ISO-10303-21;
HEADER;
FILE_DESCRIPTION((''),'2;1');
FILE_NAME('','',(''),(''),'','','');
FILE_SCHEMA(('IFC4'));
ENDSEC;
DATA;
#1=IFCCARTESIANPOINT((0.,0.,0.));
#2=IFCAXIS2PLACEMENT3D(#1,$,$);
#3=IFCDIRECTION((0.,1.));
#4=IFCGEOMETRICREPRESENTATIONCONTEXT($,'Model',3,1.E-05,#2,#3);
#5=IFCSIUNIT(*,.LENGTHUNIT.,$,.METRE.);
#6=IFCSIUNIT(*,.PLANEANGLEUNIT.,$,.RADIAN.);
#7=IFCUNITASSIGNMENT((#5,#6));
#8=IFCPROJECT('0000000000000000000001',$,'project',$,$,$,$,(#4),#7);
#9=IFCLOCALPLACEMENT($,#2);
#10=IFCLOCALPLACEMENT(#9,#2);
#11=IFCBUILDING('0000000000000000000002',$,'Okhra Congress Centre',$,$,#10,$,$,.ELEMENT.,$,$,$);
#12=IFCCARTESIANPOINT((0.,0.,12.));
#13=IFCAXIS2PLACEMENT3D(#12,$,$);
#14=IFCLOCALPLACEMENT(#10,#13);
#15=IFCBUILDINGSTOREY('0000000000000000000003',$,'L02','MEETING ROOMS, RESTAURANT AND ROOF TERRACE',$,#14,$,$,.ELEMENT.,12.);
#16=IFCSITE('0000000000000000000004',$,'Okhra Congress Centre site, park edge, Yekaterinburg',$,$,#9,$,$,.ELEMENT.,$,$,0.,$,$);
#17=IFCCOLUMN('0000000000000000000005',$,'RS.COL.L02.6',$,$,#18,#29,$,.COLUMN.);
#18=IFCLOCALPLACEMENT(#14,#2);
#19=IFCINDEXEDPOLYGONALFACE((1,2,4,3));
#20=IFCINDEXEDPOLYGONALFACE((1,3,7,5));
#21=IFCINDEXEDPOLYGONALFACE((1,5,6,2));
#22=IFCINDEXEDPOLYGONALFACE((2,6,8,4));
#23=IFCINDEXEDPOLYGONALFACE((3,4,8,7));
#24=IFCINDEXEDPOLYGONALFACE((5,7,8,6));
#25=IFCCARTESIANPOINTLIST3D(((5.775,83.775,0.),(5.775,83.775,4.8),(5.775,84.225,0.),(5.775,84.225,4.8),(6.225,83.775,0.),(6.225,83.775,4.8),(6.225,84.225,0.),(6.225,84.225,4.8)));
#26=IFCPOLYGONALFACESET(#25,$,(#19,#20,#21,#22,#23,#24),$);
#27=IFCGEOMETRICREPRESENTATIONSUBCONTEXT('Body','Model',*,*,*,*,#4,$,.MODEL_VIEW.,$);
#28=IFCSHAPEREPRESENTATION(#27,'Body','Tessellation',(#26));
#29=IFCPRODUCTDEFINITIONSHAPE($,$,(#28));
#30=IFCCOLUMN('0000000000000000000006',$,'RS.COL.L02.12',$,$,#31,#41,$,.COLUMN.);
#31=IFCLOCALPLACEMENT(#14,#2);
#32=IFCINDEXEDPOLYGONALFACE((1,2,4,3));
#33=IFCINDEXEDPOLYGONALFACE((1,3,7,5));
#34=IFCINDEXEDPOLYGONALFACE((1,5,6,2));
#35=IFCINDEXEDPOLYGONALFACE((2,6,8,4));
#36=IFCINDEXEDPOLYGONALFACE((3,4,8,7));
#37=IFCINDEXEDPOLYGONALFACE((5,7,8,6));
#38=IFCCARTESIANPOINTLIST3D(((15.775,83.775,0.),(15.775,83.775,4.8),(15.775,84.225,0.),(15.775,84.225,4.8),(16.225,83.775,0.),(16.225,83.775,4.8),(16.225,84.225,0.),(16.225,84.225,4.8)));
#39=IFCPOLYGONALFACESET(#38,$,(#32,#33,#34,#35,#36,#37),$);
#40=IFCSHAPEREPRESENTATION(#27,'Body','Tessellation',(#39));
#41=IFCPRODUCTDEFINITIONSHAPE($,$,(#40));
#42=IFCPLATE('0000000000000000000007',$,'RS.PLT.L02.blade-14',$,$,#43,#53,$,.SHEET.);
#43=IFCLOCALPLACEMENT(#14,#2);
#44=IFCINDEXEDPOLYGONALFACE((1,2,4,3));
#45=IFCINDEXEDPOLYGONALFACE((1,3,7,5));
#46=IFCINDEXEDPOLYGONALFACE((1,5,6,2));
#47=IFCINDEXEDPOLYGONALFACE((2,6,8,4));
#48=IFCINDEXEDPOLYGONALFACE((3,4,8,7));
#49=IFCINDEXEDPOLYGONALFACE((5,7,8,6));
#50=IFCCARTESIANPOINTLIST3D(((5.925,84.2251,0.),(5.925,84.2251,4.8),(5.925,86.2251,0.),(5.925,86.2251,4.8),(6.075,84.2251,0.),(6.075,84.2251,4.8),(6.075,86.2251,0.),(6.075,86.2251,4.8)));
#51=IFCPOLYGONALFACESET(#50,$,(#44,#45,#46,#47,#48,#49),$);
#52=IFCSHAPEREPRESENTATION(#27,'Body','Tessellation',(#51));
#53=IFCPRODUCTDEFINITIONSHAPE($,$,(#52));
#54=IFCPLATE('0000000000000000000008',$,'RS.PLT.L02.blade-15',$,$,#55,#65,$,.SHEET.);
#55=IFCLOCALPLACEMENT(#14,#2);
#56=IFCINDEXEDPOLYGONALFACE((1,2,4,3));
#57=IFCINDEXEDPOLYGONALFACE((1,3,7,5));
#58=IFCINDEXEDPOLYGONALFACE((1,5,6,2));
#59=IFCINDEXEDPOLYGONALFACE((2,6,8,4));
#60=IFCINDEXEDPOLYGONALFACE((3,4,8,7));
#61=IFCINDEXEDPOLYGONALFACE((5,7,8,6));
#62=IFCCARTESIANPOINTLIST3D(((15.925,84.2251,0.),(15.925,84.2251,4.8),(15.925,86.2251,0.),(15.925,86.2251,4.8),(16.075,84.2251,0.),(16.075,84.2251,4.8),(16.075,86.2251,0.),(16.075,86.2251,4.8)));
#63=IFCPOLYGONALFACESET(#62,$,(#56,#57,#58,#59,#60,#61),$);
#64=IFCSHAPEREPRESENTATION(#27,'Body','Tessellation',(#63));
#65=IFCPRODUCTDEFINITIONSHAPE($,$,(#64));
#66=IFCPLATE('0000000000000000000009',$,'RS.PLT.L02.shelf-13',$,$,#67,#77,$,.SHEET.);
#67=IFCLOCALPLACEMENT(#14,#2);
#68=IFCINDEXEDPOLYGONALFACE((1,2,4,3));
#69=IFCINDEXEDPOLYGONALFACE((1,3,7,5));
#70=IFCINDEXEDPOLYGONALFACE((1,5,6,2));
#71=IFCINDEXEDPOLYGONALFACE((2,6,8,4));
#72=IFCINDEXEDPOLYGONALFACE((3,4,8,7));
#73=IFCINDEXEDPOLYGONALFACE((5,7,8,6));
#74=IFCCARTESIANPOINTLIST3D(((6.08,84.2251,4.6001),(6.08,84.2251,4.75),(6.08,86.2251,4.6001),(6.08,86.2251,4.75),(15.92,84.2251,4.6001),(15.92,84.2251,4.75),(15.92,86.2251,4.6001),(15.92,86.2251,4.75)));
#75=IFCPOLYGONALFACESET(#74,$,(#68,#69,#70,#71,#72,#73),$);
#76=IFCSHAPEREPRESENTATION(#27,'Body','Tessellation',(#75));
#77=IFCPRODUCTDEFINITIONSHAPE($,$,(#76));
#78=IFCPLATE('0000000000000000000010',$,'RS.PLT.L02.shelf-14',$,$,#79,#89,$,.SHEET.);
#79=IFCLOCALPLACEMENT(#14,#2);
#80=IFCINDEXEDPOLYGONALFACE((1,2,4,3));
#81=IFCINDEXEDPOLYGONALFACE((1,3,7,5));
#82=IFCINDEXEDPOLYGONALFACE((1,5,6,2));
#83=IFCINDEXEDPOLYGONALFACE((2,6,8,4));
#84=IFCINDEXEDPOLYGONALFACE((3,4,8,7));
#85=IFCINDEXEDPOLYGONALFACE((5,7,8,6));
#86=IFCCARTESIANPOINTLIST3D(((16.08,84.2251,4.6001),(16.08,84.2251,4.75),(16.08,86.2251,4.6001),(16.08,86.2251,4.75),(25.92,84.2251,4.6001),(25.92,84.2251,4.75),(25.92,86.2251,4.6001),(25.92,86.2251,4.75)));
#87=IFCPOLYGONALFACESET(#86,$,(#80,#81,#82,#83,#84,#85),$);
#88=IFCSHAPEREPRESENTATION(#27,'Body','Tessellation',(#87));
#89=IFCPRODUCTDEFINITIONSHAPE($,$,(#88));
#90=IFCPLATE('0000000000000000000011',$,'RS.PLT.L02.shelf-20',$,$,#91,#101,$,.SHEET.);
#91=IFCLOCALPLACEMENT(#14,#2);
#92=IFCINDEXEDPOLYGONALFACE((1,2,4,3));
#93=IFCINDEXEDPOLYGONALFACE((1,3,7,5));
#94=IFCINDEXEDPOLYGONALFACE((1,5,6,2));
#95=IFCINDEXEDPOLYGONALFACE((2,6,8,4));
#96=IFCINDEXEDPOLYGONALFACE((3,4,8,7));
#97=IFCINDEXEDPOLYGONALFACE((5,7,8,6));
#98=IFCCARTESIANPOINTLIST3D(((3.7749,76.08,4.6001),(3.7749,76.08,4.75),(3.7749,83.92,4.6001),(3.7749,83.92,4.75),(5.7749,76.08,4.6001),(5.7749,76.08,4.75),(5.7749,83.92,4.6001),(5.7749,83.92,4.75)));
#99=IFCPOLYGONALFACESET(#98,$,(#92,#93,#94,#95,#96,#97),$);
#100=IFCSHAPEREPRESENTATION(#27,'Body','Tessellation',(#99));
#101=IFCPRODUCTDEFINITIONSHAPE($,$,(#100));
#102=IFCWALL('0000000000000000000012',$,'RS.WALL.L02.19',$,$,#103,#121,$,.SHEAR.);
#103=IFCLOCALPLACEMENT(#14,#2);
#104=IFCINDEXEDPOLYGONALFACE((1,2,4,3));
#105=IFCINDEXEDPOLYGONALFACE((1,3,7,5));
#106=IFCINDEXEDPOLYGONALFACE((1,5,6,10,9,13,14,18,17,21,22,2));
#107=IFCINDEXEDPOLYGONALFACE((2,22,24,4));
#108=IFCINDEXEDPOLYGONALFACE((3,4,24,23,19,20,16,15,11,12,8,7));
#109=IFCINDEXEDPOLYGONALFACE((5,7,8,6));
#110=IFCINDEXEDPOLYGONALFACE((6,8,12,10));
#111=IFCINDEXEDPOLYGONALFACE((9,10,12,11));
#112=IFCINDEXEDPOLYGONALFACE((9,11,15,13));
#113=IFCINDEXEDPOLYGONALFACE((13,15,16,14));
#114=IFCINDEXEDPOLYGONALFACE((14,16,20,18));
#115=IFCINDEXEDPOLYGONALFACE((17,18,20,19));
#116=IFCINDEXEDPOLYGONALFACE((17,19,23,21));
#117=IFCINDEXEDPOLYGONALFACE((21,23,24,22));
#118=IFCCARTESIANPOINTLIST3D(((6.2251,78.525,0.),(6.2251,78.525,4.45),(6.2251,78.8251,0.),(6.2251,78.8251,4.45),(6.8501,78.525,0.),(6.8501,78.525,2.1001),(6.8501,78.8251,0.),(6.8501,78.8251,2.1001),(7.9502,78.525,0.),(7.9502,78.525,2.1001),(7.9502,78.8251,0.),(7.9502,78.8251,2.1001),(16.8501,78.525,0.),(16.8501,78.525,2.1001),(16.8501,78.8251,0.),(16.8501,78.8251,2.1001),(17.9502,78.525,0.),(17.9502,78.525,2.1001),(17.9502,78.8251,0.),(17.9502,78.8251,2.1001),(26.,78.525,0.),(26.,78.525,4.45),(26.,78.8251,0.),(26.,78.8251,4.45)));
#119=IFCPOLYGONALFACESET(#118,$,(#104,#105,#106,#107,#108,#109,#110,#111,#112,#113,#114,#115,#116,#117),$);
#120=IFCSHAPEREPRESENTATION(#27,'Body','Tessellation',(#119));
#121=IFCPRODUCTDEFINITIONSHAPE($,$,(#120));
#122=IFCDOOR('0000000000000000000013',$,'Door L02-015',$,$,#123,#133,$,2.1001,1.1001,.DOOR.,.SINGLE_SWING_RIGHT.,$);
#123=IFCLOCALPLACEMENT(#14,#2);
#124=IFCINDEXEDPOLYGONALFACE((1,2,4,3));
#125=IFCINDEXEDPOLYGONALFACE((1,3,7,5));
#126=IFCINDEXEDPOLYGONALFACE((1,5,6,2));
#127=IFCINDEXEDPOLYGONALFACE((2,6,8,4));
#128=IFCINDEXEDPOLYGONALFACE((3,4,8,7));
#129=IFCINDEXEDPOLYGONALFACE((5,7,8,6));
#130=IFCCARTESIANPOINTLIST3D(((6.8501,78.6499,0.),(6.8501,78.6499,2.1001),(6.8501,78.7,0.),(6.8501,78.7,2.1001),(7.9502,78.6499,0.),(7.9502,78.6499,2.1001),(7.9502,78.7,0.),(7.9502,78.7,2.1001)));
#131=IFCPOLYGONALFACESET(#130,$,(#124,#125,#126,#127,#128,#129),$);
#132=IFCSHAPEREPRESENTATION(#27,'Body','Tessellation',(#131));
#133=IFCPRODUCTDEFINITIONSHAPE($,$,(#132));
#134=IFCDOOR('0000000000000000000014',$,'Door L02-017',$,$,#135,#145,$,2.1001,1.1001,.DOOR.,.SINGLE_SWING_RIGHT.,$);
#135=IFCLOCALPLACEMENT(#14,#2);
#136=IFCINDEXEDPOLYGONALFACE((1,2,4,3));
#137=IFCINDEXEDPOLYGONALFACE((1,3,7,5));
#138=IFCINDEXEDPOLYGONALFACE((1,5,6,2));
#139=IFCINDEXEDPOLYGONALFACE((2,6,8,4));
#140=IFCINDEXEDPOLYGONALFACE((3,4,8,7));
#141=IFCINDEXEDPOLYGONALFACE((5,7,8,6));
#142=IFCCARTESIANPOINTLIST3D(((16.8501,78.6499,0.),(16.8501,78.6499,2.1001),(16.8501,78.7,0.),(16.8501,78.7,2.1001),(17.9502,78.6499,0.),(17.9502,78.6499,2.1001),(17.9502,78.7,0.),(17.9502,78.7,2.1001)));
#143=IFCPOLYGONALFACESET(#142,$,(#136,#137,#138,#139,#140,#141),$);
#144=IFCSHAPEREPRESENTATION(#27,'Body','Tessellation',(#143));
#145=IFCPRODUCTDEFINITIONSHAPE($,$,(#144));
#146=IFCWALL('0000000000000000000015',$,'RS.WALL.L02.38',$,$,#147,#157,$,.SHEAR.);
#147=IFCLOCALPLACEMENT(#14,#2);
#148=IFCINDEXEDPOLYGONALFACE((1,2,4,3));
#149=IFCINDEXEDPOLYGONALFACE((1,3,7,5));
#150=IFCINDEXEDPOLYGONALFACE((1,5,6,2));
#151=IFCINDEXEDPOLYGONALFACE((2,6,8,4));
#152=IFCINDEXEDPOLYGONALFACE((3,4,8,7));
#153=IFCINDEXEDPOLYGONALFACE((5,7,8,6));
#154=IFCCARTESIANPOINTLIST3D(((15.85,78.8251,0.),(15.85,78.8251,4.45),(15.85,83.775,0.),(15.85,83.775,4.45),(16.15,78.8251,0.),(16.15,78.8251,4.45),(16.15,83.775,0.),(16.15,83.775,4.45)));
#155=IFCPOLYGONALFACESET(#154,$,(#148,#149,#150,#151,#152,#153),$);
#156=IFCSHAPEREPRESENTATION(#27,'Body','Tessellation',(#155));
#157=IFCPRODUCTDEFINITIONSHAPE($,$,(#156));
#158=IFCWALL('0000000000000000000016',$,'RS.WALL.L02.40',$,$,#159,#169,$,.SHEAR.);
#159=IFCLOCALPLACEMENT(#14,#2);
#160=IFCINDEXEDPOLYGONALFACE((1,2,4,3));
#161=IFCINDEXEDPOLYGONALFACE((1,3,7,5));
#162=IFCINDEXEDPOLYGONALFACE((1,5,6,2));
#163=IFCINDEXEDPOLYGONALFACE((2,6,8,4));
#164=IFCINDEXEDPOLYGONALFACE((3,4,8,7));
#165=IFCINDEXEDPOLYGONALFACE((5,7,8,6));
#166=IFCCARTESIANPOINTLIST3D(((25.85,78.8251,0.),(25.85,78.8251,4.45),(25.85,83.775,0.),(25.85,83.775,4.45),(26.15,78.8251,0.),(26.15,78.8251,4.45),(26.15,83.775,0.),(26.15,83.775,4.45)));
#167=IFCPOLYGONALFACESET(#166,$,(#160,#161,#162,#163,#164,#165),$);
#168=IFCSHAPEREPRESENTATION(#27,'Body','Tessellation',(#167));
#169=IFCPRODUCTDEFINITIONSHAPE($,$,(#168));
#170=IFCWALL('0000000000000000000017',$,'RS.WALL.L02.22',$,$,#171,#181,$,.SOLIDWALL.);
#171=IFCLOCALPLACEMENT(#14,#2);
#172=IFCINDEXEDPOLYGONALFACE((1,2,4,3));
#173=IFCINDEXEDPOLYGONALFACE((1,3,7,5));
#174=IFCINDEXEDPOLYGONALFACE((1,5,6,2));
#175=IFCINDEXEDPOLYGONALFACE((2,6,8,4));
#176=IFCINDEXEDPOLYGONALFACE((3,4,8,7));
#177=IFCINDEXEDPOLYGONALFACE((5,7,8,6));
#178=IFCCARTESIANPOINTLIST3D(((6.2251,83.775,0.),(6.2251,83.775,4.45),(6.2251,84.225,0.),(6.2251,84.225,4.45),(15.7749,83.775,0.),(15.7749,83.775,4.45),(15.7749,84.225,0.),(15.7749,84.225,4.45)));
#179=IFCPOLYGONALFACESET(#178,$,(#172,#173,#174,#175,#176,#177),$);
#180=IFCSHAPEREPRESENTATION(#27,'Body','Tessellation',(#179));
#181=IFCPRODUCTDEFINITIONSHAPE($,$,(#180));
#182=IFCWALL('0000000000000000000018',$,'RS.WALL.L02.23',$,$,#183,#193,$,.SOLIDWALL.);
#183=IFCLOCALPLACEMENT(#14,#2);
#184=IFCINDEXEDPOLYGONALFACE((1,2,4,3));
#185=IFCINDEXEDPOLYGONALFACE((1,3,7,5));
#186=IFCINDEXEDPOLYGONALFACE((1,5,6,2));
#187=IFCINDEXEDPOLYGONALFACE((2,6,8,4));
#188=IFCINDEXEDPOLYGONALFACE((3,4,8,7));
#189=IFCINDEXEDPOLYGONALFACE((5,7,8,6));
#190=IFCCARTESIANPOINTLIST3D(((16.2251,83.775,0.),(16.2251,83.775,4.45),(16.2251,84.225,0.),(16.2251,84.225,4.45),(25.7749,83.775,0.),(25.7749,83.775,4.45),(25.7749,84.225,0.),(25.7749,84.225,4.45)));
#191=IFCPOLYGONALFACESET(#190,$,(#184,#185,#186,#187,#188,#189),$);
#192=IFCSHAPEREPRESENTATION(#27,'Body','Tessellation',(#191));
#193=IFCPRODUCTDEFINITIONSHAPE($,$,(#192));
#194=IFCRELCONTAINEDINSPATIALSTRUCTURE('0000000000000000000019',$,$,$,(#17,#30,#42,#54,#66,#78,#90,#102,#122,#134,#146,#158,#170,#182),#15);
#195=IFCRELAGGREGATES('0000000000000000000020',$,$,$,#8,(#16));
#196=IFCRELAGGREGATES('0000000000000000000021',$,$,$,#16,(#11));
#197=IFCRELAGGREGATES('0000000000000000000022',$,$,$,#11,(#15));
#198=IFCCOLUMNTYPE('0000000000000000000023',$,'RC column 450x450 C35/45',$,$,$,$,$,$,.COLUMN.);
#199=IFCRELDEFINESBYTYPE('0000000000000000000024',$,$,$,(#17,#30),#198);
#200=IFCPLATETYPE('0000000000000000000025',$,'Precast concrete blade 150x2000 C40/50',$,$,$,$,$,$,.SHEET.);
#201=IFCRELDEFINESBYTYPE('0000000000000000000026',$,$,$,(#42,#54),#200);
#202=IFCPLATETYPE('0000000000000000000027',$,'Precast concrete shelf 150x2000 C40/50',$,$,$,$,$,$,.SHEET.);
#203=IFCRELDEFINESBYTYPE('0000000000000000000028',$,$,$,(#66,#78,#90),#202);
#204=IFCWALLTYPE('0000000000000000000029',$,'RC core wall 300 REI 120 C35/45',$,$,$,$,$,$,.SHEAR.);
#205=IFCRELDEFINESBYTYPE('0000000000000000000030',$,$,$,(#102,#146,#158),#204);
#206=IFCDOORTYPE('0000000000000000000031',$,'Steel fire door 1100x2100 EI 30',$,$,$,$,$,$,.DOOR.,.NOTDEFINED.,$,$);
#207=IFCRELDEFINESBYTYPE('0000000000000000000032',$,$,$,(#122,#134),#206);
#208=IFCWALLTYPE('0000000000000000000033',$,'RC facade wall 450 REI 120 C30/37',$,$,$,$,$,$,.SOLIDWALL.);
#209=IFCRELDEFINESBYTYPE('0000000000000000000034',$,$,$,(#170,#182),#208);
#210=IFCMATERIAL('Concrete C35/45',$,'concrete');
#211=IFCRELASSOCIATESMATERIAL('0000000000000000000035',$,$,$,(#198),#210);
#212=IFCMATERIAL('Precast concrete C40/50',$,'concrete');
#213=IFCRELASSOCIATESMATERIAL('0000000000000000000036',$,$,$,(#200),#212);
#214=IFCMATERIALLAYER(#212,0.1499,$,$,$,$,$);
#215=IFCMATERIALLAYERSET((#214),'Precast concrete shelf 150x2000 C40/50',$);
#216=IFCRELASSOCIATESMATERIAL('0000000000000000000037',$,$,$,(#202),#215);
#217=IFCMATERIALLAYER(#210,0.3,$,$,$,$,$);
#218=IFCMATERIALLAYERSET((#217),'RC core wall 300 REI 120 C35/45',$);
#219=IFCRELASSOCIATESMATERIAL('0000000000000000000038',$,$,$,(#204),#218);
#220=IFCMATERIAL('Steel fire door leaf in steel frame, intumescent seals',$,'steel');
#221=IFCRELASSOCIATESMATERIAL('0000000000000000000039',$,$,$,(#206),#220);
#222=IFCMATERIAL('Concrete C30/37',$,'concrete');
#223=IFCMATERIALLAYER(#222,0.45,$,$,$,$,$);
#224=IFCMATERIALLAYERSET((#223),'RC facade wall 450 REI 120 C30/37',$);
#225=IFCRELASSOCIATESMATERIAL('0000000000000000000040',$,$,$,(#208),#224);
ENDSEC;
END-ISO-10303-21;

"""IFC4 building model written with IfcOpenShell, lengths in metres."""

from ifc_helpers import new_model, si_unit, direction, frame, frame_2d, origin, origin_2d, place, context, subcontext, project, spatial, rectangle, extrude, material, layer, layer_set, material_profile, profile_set, type_object, element, fill, save


model = new_model("IFC4")

# Units and contexts
model_context = context("Model", 3, precision=1e-05, world=origin(), true_north=direction((0.0, 1.0)))
body_context = subcontext(model_context, "Body", "Model", "MODEL_VIEW")
ifc_project = project(units=[si_unit("LENGTHUNIT", "METRE"), si_unit("PLANEANGLEUNIT", "RADIAN")], contexts=[model_context])

# Site, building, storey
site_placement = place(None, origin())
site = spatial("IfcSite", under=ifc_project, at=site_placement, Name="Okhra Congress Centre site, park edge, Yekaterinburg", CompositionType="ELEMENT", RefElevation=0.0)
building_placement = place(site_placement, origin())
building = spatial("IfcBuilding", under=site, at=building_placement, Name="Okhra Congress Centre", CompositionType="ELEMENT")
storey_placement = place(building_placement, frame((0.0, 0.0, 12.0)))
storey = spatial("IfcBuildingStorey", under=building, at=storey_placement, Name="L02", Description="MEETING ROOMS, RESTAURANT AND ROOF TERRACE", CompositionType="ELEMENT", Elevation=12.0)

# Columns
ifc_material_1 = material(Name="Concrete C35/45", Category="concrete")
ifc_material_profile = material_profile(ifc_material_1, rectangle(XDim=0.45, YDim=0.45, at=origin_2d()), Name="RC 450x450")
ifc_profile_set = profile_set([ifc_material_profile], Name="Concrete C35/45")
column_type = type_object("IfcColumnType", Name="RC column 450x450 C35/45", PredefinedType="COLUMN", material=ifc_profile_set)
for number, where, z_axis, x_axis, name in (
    (1, (6.0, 84.0, 0.0), (0.0, 0.0, 1.0), (1.0, 0.0, 0.0), "RS.COL.L02.6"),
    (2, (16.0, 84.0, 0.0), (0.0, 0.0, 1.0), (1.0, 0.0, 0.0), "RS.COL.L02.12"),
):
    element("IfcColumn", number, at=place(storey_placement, frame(where, z_axis=z_axis, x_axis=x_axis)), inside=storey, type_object=column_type, Name=name, PredefinedType="COLUMN", context=body_context, shape_type="SweptSolid", body=[
        extrude(rectangle(XDim=0.45, YDim=0.45, at=origin_2d()), origin(), (0.0, 0.0, 1.0), 4.8),
    ])

# Plates
ifc_material_2 = material(Name="Precast concrete C40/50", Category="concrete")
plate_type_1 = type_object("IfcPlateType", Name="Precast concrete blade 150x2000 C40/50", PredefinedType="SHEET", material=ifc_material_2)
for number, where, z_axis, x_axis, name in (
    (3, (6.0, 85.2251, 0.0), (0.0, 0.0, 1.0), (-1.0, 0.0, 0.0), "RS.PLT.L02.blade-14"),
    (4, (16.0, 85.2251, 0.0), (0.0, 0.0, 1.0), (-1.0, 0.0, 0.0), "RS.PLT.L02.blade-15"),
):
    element("IfcPlate", number, at=place(storey_placement, frame(where, z_axis=z_axis, x_axis=x_axis)), inside=storey, type_object=plate_type_1, Name=name, PredefinedType="SHEET", context=body_context, shape_type="SweptSolid", body=[
        extrude(rectangle(XDim=0.1499, YDim=2.0, at=origin_2d()), origin(), (0.0, 0.0, 1.0), 4.8),
    ])
ifc_layer_1 = layer(ifc_material_2, 0.1499)
ifc_layer_set_1 = layer_set([ifc_layer_1], Name="Precast concrete shelf 150x2000 C40/50")
plate_type_2 = type_object("IfcPlateType", Name="Precast concrete shelf 150x2000 C40/50", PredefinedType="SHEET", material=ifc_layer_set_1)
for number, where, z_axis, x_axis, name in (
    (5, (11.0, 85.2251, 4.6001), (0.0, 0.0, 1.0), (-1.0, 0.0, 0.0), "RS.PLT.L02.shelf-13"),
    (6, (21.0, 85.2251, 4.6001), (0.0, 0.0, 1.0), (-1.0, 0.0, 0.0), "RS.PLT.L02.shelf-14"),
):
    element("IfcPlate", number, at=place(storey_placement, frame(where, z_axis=z_axis, x_axis=x_axis)), inside=storey, type_object=plate_type_2, Name=name, PredefinedType="SHEET", context=body_context, shape_type="SweptSolid", body=[
        extrude(rectangle(XDim=9.8401, YDim=2.0, at=origin_2d()), origin(), (0.0, 0.0, 1.0), 0.1499),
    ])
plate_placement = place(storey_placement, frame((4.7749, 80.0, 4.6001), z_axis=(0.0, 0.0, 1.0), x_axis=(0.0, -1.0, 0.0)))
element("IfcPlate", 7, at=plate_placement, inside=storey, type_object=plate_type_2, Name="RS.PLT.L02.shelf-20", PredefinedType="SHEET", context=body_context, shape_type="SweptSolid", body=[
    extrude(rectangle(XDim=7.8401, YDim=2.0, at=origin_2d()), origin(), (0.0, 0.0, 1.0), 0.1499),
])

# Wall, openings, doors
ifc_layer_2 = layer(ifc_material_1, 0.3)
ifc_layer_set_2 = layer_set([ifc_layer_2], Name="RC core wall 300 REI 120 C35/45")
wall_type_1 = type_object("IfcWallType", Name="RC core wall 300 REI 120 C35/45", PredefinedType="SHEAR", material=ifc_layer_set_2)
wall_1_placement = place(storey_placement, frame((6.2251, 78.675, 0.0), z_axis=(0.0, 0.0, 1.0), x_axis=(1.0, 0.0, 0.0)))
wall_1 = element("IfcWall", 8, at=wall_1_placement, inside=storey, type_object=wall_type_1, Name="RS.WALL.L02.19", PredefinedType="SHEAR", context=body_context, shape_type="SweptSolid", body=[
    extrude(rectangle(XDim=19.7749, YDim=0.3, at=frame_2d((9.8875, 0.0))), origin(), (0.0, 0.0, 1.0), 4.45),
])
opening_1_placement = place(wall_1_placement, frame((0.625, 0.0, 0.0)))
opening_1 = element("IfcOpeningElement", 9, at=opening_1_placement, cuts=wall_1, PredefinedType="OPENING", context=body_context, shape_type="SweptSolid", body=[
    extrude(rectangle(XDim=1.1001, YDim=2.1001, at=frame_2d((0.55, 1.05))), frame((0.0, 0.1599, 0.0), z_axis=(0.0, -1.0, 0.0), x_axis=(1.0, 0.0, 0.0)), (0.0, 0.0, 1.0), 0.3201),
])
opening_2_placement = place(wall_1_placement, frame((10.625, 0.0, 0.0)))
opening_2 = element("IfcOpeningElement", 10, at=opening_2_placement, cuts=wall_1, PredefinedType="OPENING", context=body_context, shape_type="SweptSolid", body=[
    extrude(rectangle(XDim=1.1001, YDim=2.1001, at=frame_2d((0.55, 1.05))), frame((0.0, 0.1599, 0.0), z_axis=(0.0, -1.0, 0.0), x_axis=(1.0, 0.0, 0.0)), (0.0, 0.0, 1.0), 0.3201),
])
ifc_material_3 = material(Name="Steel fire door leaf in steel frame, intumescent seals", Category="steel")
door_type = type_object("IfcDoorType", Name="Steel fire door 1100x2100 EI 30", OperationType="NOTDEFINED", PredefinedType="DOOR", material=ifc_material_3)
door_1_placement = place(opening_1_placement, origin())
door_1 = element("IfcDoor", 11, at=door_1_placement, inside=storey, type_object=door_type, Name="Door L02-015", OperationType="SINGLE_SWING_RIGHT", OverallHeight=2.1001, OverallWidth=1.1001, PredefinedType="DOOR", context=body_context, shape_type="SweptSolid", body=[
    extrude(rectangle(XDim=1.1001, YDim=2.1001, at=frame_2d((0.55, 1.05))), frame((0.0, 0.0249, 0.0), z_axis=(0.0, -1.0, 0.0), x_axis=(1.0, 0.0, 0.0)), (0.0, 0.0, 1.0), 0.05),
])
fill(opening_1, door_1)
door_2_placement = place(opening_2_placement, origin())
door_2 = element("IfcDoor", 12, at=door_2_placement, inside=storey, type_object=door_type, Name="Door L02-017", OperationType="SINGLE_SWING_RIGHT", OverallHeight=2.1001, OverallWidth=1.1001, PredefinedType="DOOR", context=body_context, shape_type="SweptSolid", body=[
    extrude(rectangle(XDim=1.1001, YDim=2.1001, at=frame_2d((0.55, 1.05))), frame((0.0, 0.0249, 0.0), z_axis=(0.0, -1.0, 0.0), x_axis=(1.0, 0.0, 0.0)), (0.0, 0.0, 1.0), 0.05),
])
fill(opening_2, door_2)

# Walls
for number, where, z_axis, x_axis, name in (
    (13, (16.0, 78.825, 0.0), (0.0, 0.0, 1.0), (0.0, 1.0, 0.0), "RS.WALL.L02.38"),
    (14, (26.0, 78.825, 0.0), (0.0, 0.0, 1.0), (0.0, 1.0, 0.0), "RS.WALL.L02.40"),
):
    element("IfcWall", number, at=place(storey_placement, frame(where, z_axis=z_axis, x_axis=x_axis)), inside=storey, type_object=wall_type_1, Name=name, PredefinedType="SHEAR", context=body_context, shape_type="SweptSolid", body=[
        extrude(rectangle(XDim=4.95, YDim=0.3, at=frame_2d((2.4751, 0.0))), origin(), (0.0, 0.0, 1.0), 4.45),
    ])
ifc_material_4 = material(Name="Concrete C30/37", Category="concrete")
ifc_layer_3 = layer(ifc_material_4, 0.45)
ifc_layer_set_3 = layer_set([ifc_layer_3], Name="RC facade wall 450 REI 120 C30/37")
wall_type_2 = type_object("IfcWallType", Name="RC facade wall 450 REI 120 C30/37", PredefinedType="SOLIDWALL", material=ifc_layer_set_3)
for number, where, z_axis, x_axis, name in (
    (15, (15.7749, 84.0, 0.0), (0.0, 0.0, 1.0), (-1.0, 0.0, 0.0), "RS.WALL.L02.22"),
    (16, (25.7749, 84.0, 0.0), (0.0, 0.0, 1.0), (-1.0, 0.0, 0.0), "RS.WALL.L02.23"),
):
    element("IfcWall", number, at=place(storey_placement, frame(where, z_axis=z_axis, x_axis=x_axis)), inside=storey, type_object=wall_type_2, Name=name, PredefinedType="SOLIDWALL", context=body_context, shape_type="SweptSolid", body=[
        extrude(rectangle(XDim=9.5498, YDim=0.45, at=frame_2d((4.7749, 0.0))), origin(), (0.0, 0.0, 1.0), 4.45),
    ])

save(model, "model.ifc")
